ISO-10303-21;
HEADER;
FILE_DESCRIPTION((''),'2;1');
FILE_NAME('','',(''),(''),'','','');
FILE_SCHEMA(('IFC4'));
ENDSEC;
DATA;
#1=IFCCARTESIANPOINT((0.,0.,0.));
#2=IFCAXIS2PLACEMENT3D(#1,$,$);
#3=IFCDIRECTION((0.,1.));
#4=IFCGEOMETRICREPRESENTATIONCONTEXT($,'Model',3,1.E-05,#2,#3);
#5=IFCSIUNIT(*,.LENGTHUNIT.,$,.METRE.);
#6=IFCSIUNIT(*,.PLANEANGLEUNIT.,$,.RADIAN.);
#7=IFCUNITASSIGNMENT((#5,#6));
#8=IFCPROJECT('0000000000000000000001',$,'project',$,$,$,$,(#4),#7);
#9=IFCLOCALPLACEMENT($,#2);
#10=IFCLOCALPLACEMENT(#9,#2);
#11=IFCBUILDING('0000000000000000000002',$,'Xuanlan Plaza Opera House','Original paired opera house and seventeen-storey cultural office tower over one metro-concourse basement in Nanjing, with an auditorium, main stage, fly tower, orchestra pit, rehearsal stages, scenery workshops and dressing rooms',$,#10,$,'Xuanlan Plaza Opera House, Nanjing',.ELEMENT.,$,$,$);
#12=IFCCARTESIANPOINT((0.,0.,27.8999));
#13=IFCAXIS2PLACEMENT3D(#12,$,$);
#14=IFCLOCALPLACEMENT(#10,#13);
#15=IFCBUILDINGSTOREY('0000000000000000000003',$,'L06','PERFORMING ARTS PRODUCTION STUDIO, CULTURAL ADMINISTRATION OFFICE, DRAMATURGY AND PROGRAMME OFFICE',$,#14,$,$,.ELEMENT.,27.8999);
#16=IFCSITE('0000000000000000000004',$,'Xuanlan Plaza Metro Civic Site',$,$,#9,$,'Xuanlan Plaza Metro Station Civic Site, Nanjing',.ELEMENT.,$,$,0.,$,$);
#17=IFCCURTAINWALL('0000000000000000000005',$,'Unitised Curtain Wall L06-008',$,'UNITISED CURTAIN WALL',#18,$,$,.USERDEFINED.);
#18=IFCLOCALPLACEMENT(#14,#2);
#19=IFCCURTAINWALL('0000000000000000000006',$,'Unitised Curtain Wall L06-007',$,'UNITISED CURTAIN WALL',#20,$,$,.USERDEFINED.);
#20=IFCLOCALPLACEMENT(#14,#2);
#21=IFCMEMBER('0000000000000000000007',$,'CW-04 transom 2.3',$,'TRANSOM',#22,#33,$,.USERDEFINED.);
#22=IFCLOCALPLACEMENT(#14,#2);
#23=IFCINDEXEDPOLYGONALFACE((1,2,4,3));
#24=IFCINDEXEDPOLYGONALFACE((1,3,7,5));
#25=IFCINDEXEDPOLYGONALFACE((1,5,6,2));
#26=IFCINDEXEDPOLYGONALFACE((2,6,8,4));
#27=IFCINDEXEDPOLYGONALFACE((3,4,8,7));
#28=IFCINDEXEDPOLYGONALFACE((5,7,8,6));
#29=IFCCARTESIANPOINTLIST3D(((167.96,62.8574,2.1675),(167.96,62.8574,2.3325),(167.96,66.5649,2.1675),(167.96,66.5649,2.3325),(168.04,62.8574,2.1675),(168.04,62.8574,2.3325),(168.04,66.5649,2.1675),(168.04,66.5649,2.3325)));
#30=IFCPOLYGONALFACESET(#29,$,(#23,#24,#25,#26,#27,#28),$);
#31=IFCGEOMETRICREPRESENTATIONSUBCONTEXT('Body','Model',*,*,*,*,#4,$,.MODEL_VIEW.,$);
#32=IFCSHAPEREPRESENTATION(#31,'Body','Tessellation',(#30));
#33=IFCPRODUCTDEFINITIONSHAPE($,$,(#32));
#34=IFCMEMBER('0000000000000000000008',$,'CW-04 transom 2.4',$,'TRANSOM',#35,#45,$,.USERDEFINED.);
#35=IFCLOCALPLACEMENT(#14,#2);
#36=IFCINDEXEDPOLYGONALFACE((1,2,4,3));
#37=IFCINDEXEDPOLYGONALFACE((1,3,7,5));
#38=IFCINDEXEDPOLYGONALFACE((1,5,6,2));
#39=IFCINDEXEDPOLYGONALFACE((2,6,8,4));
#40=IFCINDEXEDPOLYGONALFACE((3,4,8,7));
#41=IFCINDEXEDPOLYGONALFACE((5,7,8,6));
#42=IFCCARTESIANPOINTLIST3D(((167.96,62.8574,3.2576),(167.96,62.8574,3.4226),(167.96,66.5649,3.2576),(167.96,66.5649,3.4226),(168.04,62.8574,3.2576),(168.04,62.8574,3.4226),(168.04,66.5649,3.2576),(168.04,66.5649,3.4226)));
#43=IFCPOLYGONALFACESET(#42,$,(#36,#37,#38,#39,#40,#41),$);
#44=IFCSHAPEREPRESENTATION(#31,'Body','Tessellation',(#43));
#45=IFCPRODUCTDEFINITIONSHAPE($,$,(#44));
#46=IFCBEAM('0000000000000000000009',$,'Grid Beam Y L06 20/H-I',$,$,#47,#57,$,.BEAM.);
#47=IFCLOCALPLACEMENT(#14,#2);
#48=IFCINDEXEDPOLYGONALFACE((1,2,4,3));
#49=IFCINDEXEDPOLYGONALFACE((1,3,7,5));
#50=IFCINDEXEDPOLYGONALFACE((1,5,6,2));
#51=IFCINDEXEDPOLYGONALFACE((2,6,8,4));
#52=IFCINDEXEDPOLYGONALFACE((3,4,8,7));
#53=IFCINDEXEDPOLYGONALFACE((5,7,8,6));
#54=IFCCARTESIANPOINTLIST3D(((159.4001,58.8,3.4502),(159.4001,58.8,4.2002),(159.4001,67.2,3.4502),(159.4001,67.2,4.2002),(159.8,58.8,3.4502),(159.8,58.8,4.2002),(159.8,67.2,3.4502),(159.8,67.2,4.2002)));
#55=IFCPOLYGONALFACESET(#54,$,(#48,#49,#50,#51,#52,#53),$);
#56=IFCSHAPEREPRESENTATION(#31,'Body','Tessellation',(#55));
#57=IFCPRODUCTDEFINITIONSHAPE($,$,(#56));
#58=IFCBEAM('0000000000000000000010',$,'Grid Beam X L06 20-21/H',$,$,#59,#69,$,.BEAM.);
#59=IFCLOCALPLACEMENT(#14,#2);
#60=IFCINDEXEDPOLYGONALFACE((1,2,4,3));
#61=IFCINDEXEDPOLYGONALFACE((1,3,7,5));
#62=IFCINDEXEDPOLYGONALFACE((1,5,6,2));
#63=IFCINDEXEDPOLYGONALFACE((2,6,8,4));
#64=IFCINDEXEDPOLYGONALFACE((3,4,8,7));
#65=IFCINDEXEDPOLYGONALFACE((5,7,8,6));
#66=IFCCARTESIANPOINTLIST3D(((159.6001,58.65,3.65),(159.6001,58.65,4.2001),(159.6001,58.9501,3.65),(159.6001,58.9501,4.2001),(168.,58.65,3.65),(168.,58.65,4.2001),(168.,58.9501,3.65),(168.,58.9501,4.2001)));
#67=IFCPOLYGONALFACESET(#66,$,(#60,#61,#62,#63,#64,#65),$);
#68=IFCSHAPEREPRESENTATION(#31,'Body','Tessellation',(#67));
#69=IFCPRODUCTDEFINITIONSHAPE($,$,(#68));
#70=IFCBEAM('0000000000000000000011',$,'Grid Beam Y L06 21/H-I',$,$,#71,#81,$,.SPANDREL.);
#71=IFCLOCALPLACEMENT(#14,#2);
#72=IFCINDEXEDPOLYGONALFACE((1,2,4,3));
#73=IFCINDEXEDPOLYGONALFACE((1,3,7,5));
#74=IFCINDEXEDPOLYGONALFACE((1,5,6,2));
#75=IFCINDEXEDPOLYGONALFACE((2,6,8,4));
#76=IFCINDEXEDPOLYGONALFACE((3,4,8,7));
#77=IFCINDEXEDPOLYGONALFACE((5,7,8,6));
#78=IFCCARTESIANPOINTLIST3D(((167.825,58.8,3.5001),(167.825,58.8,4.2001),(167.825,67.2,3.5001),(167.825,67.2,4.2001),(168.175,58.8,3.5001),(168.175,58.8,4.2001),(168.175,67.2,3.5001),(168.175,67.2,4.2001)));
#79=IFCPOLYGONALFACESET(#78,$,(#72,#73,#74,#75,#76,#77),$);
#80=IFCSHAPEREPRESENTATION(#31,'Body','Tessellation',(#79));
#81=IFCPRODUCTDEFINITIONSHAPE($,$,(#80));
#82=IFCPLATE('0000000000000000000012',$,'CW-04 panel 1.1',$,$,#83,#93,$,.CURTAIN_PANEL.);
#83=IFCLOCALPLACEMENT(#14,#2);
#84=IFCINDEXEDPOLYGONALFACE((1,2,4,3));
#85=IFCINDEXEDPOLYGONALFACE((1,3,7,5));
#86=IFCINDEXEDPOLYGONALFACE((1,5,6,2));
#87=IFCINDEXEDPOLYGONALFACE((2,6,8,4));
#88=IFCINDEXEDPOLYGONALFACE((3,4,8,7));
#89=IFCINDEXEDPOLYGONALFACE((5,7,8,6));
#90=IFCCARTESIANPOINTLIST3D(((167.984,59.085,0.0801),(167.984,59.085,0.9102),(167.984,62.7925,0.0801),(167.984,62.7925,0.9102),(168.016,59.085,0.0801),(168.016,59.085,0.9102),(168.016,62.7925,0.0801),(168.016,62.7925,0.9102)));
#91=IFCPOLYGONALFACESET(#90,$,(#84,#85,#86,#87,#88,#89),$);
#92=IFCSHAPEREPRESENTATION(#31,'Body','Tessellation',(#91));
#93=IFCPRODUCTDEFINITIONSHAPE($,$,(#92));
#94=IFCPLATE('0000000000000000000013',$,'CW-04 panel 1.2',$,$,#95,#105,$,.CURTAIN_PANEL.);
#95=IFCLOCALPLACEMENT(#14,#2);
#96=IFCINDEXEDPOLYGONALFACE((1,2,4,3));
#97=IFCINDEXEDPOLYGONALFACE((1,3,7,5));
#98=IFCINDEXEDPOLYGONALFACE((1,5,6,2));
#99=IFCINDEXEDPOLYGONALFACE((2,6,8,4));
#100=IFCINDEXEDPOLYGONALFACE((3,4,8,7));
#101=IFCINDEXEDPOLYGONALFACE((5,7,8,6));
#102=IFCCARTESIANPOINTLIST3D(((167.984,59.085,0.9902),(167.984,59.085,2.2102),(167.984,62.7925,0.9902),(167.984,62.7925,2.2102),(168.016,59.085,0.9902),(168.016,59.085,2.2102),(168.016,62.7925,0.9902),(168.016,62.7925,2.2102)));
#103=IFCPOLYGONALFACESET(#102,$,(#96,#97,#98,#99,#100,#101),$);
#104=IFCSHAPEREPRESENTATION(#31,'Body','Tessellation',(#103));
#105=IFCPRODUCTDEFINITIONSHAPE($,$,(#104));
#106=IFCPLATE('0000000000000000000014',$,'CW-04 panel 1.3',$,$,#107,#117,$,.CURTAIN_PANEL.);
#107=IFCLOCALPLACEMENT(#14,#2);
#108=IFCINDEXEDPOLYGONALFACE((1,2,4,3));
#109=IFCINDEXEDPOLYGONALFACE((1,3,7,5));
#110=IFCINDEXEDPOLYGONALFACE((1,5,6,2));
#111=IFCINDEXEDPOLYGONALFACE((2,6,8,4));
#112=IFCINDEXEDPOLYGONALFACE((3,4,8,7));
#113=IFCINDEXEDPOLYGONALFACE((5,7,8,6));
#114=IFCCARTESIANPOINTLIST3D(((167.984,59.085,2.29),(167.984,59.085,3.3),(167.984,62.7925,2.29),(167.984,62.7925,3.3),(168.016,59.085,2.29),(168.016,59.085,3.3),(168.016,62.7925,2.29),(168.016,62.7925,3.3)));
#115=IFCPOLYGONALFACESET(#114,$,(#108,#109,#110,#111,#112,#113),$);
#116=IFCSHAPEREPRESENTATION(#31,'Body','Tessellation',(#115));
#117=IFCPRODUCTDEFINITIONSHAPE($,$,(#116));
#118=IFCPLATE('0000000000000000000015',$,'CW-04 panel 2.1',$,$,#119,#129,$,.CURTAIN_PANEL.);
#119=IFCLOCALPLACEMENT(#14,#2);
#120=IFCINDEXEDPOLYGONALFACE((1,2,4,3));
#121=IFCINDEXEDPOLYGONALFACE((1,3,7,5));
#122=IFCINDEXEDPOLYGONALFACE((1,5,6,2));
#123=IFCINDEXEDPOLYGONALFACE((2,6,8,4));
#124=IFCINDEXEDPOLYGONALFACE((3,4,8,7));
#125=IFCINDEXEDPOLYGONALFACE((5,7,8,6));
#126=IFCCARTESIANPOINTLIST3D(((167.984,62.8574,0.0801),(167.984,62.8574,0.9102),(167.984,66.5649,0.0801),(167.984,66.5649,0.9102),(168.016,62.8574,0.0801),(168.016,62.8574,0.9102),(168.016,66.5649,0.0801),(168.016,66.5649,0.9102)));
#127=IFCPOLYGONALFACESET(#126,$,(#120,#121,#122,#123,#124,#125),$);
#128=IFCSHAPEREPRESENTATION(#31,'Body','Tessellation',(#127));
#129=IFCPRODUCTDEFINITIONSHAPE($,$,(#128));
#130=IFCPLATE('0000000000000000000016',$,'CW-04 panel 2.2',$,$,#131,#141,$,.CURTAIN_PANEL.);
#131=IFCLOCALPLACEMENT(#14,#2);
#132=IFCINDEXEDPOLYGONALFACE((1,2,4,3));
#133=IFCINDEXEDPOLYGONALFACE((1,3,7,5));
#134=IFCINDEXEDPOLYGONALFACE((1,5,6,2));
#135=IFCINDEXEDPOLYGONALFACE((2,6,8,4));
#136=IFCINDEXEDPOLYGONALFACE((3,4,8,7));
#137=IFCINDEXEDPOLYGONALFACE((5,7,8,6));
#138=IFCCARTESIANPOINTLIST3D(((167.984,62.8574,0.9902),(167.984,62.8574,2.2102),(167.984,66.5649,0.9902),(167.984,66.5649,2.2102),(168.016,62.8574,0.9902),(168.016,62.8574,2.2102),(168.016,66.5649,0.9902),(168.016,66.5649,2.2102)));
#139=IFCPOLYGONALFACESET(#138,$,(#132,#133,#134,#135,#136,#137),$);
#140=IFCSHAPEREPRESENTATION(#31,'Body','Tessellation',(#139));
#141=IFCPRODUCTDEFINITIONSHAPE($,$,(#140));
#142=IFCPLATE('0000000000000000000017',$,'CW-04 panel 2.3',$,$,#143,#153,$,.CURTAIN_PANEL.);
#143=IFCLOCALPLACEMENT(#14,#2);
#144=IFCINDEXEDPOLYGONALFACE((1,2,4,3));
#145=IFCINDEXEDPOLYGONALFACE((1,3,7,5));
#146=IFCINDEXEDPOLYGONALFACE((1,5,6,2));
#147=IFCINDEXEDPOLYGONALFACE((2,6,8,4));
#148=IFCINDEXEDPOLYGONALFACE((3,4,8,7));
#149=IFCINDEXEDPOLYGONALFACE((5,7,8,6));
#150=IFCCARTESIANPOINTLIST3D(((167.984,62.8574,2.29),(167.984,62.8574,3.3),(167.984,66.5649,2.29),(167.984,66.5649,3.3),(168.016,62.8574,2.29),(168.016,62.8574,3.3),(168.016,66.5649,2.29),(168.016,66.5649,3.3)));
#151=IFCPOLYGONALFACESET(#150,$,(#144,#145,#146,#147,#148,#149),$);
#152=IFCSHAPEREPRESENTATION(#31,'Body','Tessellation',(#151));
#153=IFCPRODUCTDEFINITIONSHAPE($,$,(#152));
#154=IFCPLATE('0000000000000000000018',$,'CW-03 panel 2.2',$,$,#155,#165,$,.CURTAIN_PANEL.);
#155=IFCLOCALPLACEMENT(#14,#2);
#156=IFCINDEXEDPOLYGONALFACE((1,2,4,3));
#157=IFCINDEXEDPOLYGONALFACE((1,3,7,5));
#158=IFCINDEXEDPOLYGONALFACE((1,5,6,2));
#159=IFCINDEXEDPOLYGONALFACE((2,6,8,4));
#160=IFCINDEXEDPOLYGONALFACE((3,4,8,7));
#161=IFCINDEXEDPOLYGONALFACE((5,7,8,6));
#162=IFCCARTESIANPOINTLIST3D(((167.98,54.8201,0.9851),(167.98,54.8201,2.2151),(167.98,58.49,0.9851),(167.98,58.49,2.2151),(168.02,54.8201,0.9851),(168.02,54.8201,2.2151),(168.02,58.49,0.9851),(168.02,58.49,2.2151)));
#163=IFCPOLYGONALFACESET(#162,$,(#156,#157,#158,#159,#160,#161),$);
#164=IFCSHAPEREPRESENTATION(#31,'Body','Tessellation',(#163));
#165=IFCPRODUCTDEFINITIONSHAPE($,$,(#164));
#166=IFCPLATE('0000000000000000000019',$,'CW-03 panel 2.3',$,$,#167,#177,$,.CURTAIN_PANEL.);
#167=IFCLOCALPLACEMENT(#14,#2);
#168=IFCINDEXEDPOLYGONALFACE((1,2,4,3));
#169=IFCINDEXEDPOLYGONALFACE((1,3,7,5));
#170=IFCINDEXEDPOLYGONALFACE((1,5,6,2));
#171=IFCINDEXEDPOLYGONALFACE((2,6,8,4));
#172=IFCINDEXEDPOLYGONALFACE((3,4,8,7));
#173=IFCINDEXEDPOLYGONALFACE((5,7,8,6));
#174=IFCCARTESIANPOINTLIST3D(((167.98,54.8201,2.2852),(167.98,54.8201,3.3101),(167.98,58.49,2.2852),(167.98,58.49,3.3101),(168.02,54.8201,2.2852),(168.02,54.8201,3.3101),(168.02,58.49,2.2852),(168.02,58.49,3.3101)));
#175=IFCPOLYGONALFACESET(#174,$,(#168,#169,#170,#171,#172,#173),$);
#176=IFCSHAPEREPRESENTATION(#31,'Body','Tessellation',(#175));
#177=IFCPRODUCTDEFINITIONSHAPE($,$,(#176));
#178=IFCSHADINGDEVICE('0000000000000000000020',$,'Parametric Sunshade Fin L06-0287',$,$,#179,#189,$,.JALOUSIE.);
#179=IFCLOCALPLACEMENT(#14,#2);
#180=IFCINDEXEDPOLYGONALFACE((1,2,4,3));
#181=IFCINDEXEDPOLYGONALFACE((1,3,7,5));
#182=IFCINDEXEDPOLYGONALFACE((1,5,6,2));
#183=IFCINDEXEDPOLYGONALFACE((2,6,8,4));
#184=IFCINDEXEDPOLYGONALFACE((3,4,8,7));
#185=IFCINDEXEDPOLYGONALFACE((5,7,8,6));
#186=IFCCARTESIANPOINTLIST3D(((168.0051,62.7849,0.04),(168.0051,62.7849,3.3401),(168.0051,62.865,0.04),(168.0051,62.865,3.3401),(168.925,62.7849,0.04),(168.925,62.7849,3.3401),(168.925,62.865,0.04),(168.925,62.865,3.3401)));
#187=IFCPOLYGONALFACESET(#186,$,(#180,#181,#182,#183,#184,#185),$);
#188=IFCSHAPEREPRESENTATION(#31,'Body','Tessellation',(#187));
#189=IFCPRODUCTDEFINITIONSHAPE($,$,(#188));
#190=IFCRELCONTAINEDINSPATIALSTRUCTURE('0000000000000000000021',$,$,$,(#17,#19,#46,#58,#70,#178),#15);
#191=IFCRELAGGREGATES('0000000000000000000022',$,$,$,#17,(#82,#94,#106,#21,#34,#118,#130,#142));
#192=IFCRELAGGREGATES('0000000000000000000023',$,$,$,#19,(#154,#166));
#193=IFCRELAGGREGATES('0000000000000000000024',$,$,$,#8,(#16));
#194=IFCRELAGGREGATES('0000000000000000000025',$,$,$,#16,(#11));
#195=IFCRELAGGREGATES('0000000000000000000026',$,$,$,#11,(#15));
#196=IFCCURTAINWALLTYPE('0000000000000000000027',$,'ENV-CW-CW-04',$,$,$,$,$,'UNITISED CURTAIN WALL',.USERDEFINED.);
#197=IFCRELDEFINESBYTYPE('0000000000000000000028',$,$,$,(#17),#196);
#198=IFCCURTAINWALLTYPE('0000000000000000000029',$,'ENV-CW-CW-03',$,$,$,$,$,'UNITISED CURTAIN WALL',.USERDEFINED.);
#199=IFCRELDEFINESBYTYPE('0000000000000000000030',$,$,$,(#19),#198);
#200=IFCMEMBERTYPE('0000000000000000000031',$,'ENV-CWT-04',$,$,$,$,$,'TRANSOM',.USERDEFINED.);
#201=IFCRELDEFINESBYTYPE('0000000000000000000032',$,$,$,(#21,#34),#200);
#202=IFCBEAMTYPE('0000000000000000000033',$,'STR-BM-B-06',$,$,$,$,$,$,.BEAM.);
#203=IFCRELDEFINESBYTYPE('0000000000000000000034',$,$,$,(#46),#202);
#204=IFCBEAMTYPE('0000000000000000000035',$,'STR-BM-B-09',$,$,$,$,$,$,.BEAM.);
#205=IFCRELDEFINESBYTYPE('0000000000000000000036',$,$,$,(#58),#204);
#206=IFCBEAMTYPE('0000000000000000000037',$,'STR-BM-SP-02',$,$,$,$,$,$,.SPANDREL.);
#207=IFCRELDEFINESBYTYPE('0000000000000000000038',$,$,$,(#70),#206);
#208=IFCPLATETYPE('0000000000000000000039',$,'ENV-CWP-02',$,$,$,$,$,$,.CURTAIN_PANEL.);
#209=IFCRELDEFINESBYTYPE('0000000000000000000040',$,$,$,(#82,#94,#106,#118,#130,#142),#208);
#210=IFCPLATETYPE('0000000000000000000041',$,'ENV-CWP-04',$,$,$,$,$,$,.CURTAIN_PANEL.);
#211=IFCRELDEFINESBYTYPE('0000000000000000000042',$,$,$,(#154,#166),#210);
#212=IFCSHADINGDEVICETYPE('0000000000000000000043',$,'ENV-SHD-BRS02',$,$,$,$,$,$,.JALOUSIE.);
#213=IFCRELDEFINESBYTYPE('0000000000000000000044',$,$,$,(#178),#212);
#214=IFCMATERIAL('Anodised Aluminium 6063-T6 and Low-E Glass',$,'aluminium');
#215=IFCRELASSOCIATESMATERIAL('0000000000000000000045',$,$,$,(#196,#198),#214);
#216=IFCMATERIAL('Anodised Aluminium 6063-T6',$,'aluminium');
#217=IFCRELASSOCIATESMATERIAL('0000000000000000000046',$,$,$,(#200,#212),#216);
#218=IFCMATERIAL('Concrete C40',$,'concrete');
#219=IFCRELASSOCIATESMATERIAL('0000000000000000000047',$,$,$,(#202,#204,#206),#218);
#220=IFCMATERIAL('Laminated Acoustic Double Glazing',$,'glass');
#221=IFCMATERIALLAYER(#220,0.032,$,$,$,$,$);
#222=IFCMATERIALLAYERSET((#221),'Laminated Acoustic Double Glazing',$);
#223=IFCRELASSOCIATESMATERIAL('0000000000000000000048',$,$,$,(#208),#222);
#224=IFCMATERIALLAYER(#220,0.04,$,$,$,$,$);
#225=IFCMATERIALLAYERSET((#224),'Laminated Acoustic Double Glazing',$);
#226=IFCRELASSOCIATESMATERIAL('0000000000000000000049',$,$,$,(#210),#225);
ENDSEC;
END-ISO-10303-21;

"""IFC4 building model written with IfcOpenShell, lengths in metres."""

from ifc_helpers import new_model, si_unit, direction, frame, origin, origin_2d, place, context, subcontext, project, spatial, rectangle, extrude, material, layer, layer_set, material_profile, profile_set, type_object, element, aggregate, save


model = new_model("IFC4")

# Units and contexts
model_context = context("Model", 3, precision=1e-05, world=origin(), true_north=direction((0.0, 1.0)))
body_context = subcontext(model_context, "Body", "Model", "MODEL_VIEW")
ifc_project = project(units=[si_unit("LENGTHUNIT", "METRE"), si_unit("PLANEANGLEUNIT", "RADIAN")], contexts=[model_context])

# Site, building, storey
site_placement = place(None, origin())
site = spatial("IfcSite", under=ifc_project, at=site_placement, Name="Xuanlan Plaza Metro Civic Site", LongName="Xuanlan Plaza Metro Station Civic Site, Nanjing", CompositionType="ELEMENT", RefElevation=0.0)
building_placement = place(site_placement, origin())
building = spatial("IfcBuilding", under=site, at=building_placement, Name="Xuanlan Plaza Opera House", Description="Original paired opera house and seventeen-storey cultural office tower over one metro-concourse basement in Nanjing, with an auditorium, main stage, fly tower, orchestra pit, rehearsal stages, scenery workshops and dressing rooms", LongName="Xuanlan Plaza Opera House, Nanjing", CompositionType="ELEMENT")
storey_placement = place(building_placement, frame((0.0, 0.0, 27.8999)))
storey = spatial("IfcBuildingStorey", under=building, at=storey_placement, Name="L06", Description="PERFORMING ARTS PRODUCTION STUDIO, CULTURAL ADMINISTRATION OFFICE, DRAMATURGY AND PROGRAMME OFFICE", CompositionType="ELEMENT", Elevation=27.8999)

# Curtain wall
ifc_material_1 = material(Name="Anodised Aluminium 6063-T6 and Low-E Glass", Category="aluminium")
curtain_wall_type_1 = type_object("IfcCurtainWallType", Name="ENV-CW-CW-04", ElementType="UNITISED CURTAIN WALL", PredefinedType="USERDEFINED", material=ifc_material_1)
curtain_wall_1_placement = place(storey_placement, origin())
curtain_wall_1 = element("IfcCurtainWall", 1, at=curtain_wall_1_placement, inside=storey, type_object=curtain_wall_type_1, Name="Unitised Curtain Wall L06-008", ObjectType="UNITISED CURTAIN WALL", PredefinedType="USERDEFINED")
ifc_material_2 = material(Name="Anodised Aluminium 6063-T6", Category="aluminium")

# Curtain wall
curtain_wall_type_2 = type_object("IfcCurtainWallType", Name="ENV-CW-CW-03", ElementType="UNITISED CURTAIN WALL", PredefinedType="USERDEFINED", material=ifc_material_1)
curtain_wall_2_placement = place(storey_placement, origin())
curtain_wall_2 = element("IfcCurtainWall", 2, at=curtain_wall_2_placement, inside=storey, type_object=curtain_wall_type_2, Name="Unitised Curtain Wall L06-007", ObjectType="UNITISED CURTAIN WALL", PredefinedType="USERDEFINED")

# Members
ifc_material_profile_1 = material_profile(ifc_material_2, rectangle(XDim=0.0801, YDim=0.165, at=origin_2d()), Name="ALU-T 80x165")
ifc_profile_set_1 = profile_set([ifc_material_profile_1], Name="Anodised Aluminium 6063-T6")
member_type_1 = type_object("IfcMemberType", Name="ENV-CWT-04", ElementType="TRANSOM", PredefinedType="USERDEFINED", material=ifc_profile_set_1)
member_1_placement = place(storey_placement, frame((168.0, 62.8574, 2.25), z_axis=(0.0, 1.0, 0.0), x_axis=(-1.0, 0.0, 0.0)))
member_1 = element("IfcMember", 3, at=member_1_placement, type_object=member_type_1, Name="CW-04 transom 2.3", ObjectType="TRANSOM", PredefinedType="USERDEFINED", context=body_context, shape_type="SweptSolid", body=[
    extrude(rectangle(XDim=0.0801, YDim=0.165, at=origin_2d()), origin(), (0.0, 0.0, 1.0), 3.7075),
])
member_2_placement = place(storey_placement, frame((168.0, 62.8574, 3.3401), z_axis=(0.0, 1.0, 0.0), x_axis=(-1.0, 0.0, 0.0)))
member_2 = element("IfcMember", 4, at=member_2_placement, type_object=member_type_1, Name="CW-04 transom 2.4", ObjectType="TRANSOM", PredefinedType="USERDEFINED", context=body_context, shape_type="SweptSolid", body=[
    extrude(rectangle(XDim=0.0801, YDim=0.165, at=origin_2d()), origin(), (0.0, 0.0, 1.0), 3.7075),
])

# Beams
ifc_material_3 = material(Name="Concrete C40", Category="concrete")
ifc_material_profile_2 = material_profile(ifc_material_3, rectangle(XDim=0.3999, YDim=0.75, at=origin_2d()), Name="RC-BM 400x750")
ifc_profile_set_2 = profile_set([ifc_material_profile_2], Name="Concrete C40")
beam_type_1 = type_object("IfcBeamType", Name="STR-BM-B-06", PredefinedType="BEAM", material=ifc_profile_set_2)
beam_1_placement = place(storey_placement, frame((159.6001, 58.8, 3.8252), z_axis=(0.0, 1.0, 0.0), x_axis=(-1.0, 0.0, 0.0)))
element("IfcBeam", 5, at=beam_1_placement, inside=storey, type_object=beam_type_1, Name="Grid Beam Y L06 20/H-I", PredefinedType="BEAM", context=body_context, shape_type="SweptSolid", body=[
    extrude(rectangle(XDim=0.3999, YDim=0.75, at=origin_2d()), origin(), (0.0, 0.0, 1.0), 8.3999),
])
ifc_material_profile_3 = material_profile(ifc_material_3, rectangle(XDim=0.3, YDim=0.55, at=origin_2d()), Name="RC-BM 300x550")
ifc_profile_set_3 = profile_set([ifc_material_profile_3], Name="Concrete C40")
beam_type_2 = type_object("IfcBeamType", Name="STR-BM-B-09", PredefinedType="BEAM", material=ifc_profile_set_3)
beam_2_placement = place(storey_placement, frame((159.6001, 58.8, 3.925), z_axis=(1.0, 0.0, 0.0), x_axis=(0.0, 1.0, 0.0)))
element("IfcBeam", 6, at=beam_2_placement, inside=storey, type_object=beam_type_2, Name="Grid Beam X L06 20-21/H", PredefinedType="BEAM", context=body_context, shape_type="SweptSolid", body=[
    extrude(rectangle(XDim=0.3, YDim=0.55, at=origin_2d()), origin(), (0.0, 0.0, 1.0), 8.3999),
])
ifc_material_profile_4 = material_profile(ifc_material_3, rectangle(XDim=0.3501, YDim=0.7, at=origin_2d()), Name="RC-SPD 350x700")
ifc_profile_set_4 = profile_set([ifc_material_profile_4], Name="Concrete C40")
beam_type_3 = type_object("IfcBeamType", Name="STR-BM-SP-02", PredefinedType="SPANDREL", material=ifc_profile_set_4)
beam_3_placement = place(storey_placement, frame((168.0, 58.8, 3.8501), z_axis=(0.0, 1.0, 0.0), x_axis=(-1.0, 0.0, 0.0)))
element("IfcBeam", 7, at=beam_3_placement, inside=storey, type_object=beam_type_3, Name="Grid Beam Y L06 21/H-I", PredefinedType="SPANDREL", context=body_context, shape_type="SweptSolid", body=[
    extrude(rectangle(XDim=0.3501, YDim=0.7, at=origin_2d()), origin(), (0.0, 0.0, 1.0), 8.3999),
])

# Plates
ifc_material_4 = material(Name="Laminated Acoustic Double Glazing", Category="glass")
ifc_layer_1 = layer(ifc_material_4, 0.032)
ifc_layer_set_1 = layer_set([ifc_layer_1], Name="Laminated Acoustic Double Glazing")
plate_type_1 = type_object("IfcPlateType", Name="ENV-CWP-02", PredefinedType="CURTAIN_PANEL", material=ifc_layer_set_1)
plate_1_placement = place(storey_placement, frame((168.0, 60.9387, 0.0801), z_axis=(0.0, 0.0, 1.0), x_axis=(0.0, 1.0, 0.0)))
plate_1 = element("IfcPlate", 8, at=plate_1_placement, type_object=plate_type_1, Name="CW-04 panel 1.1", PredefinedType="CURTAIN_PANEL", context=body_context, shape_type="SweptSolid", body=[
    extrude(rectangle(XDim=3.7075, YDim=0.032, at=origin_2d()), origin(), (0.0, 0.0, 1.0), 0.8301),
])
plate_2_placement = place(storey_placement, frame((168.0, 60.9387, 0.9902), z_axis=(0.0, 0.0, 1.0), x_axis=(0.0, 1.0, 0.0)))
plate_2 = element("IfcPlate", 9, at=plate_2_placement, type_object=plate_type_1, Name="CW-04 panel 1.2", PredefinedType="CURTAIN_PANEL", context=body_context, shape_type="SweptSolid", body=[
    extrude(rectangle(XDim=3.7075, YDim=0.032, at=origin_2d()), origin(), (0.0, 0.0, 1.0), 1.22),
])
plate_3_placement = place(storey_placement, frame((168.0, 60.9387, 2.29), z_axis=(0.0, 0.0, 1.0), x_axis=(0.0, 1.0, 0.0)))
plate_3 = element("IfcPlate", 10, at=plate_3_placement, type_object=plate_type_1, Name="CW-04 panel 1.3", PredefinedType="CURTAIN_PANEL", context=body_context, shape_type="SweptSolid", body=[
    extrude(rectangle(XDim=3.7075, YDim=0.032, at=origin_2d()), origin(), (0.0, 0.0, 1.0), 1.01),
])
plate_4_placement = place(storey_placement, frame((168.0, 64.7112, 0.0801), z_axis=(0.0, 0.0, 1.0), x_axis=(0.0, 1.0, 0.0)))
plate_4 = element("IfcPlate", 11, at=plate_4_placement, type_object=plate_type_1, Name="CW-04 panel 2.1", PredefinedType="CURTAIN_PANEL", context=body_context, shape_type="SweptSolid", body=[
    extrude(rectangle(XDim=3.7075, YDim=0.032, at=origin_2d()), origin(), (0.0, 0.0, 1.0), 0.8301),
])
plate_5_placement = place(storey_placement, frame((168.0, 64.7112, 0.9902), z_axis=(0.0, 0.0, 1.0), x_axis=(0.0, 1.0, 0.0)))
plate_5 = element("IfcPlate", 12, at=plate_5_placement, type_object=plate_type_1, Name="CW-04 panel 2.2", PredefinedType="CURTAIN_PANEL", context=body_context, shape_type="SweptSolid", body=[
    extrude(rectangle(XDim=3.7075, YDim=0.032, at=origin_2d()), origin(), (0.0, 0.0, 1.0), 1.22),
])
plate_6_placement = place(storey_placement, frame((168.0, 64.7112, 2.29), z_axis=(0.0, 0.0, 1.0), x_axis=(0.0, 1.0, 0.0)))
plate_6 = element("IfcPlate", 13, at=plate_6_placement, type_object=plate_type_1, Name="CW-04 panel 2.3", PredefinedType="CURTAIN_PANEL", context=body_context, shape_type="SweptSolid", body=[
    extrude(rectangle(XDim=3.7075, YDim=0.032, at=origin_2d()), origin(), (0.0, 0.0, 1.0), 1.01),
])
aggregate(curtain_wall_1, [plate_1, plate_2, plate_3, member_1, member_2, plate_4, plate_5, plate_6])
ifc_layer_2 = layer(ifc_material_4, 0.04)
ifc_layer_set_2 = layer_set([ifc_layer_2], Name="Laminated Acoustic Double Glazing")
plate_type_2 = type_object("IfcPlateType", Name="ENV-CWP-04", PredefinedType="CURTAIN_PANEL", material=ifc_layer_set_2)
plate_7_placement = place(storey_placement, frame((168.0, 56.655, 0.9851), z_axis=(0.0, 0.0, 1.0), x_axis=(0.0, 1.0, 0.0)))
plate_7 = element("IfcPlate", 14, at=plate_7_placement, type_object=plate_type_2, Name="CW-03 panel 2.2", PredefinedType="CURTAIN_PANEL", context=body_context, shape_type="SweptSolid", body=[
    extrude(rectangle(XDim=3.6699, YDim=0.04, at=origin_2d()), origin(), (0.0, 0.0, 1.0), 1.23),
])
plate_8_placement = place(storey_placement, frame((168.0, 56.655, 2.2852), z_axis=(0.0, 0.0, 1.0), x_axis=(0.0, 1.0, 0.0)))
plate_8 = element("IfcPlate", 15, at=plate_8_placement, type_object=plate_type_2, Name="CW-03 panel 2.3", PredefinedType="CURTAIN_PANEL", context=body_context, shape_type="SweptSolid", body=[
    extrude(rectangle(XDim=3.6699, YDim=0.04, at=origin_2d()), origin(), (0.0, 0.0, 1.0), 1.0249),
])
aggregate(curtain_wall_2, [plate_7, plate_8])

# Shading device
shading_device_type = type_object("IfcShadingDeviceType", Name="ENV-SHD-BRS02", PredefinedType="JALOUSIE", material=ifc_material_2)
shading_device_placement = place(storey_placement, frame((168.4651, 62.825, 0.04), z_axis=(0.0, 0.0, 1.0), x_axis=(1.0, 0.0, 0.0)))
element("IfcShadingDevice", 16, at=shading_device_placement, inside=storey, type_object=shading_device_type, Name="Parametric Sunshade Fin L06-0287", PredefinedType="JALOUSIE", context=body_context, shape_type="SweptSolid", body=[
    extrude(rectangle(XDim=0.9199, YDim=0.0801, at=origin_2d()), origin(), (0.0, 0.0, 1.0), 3.3),
])

save(model, "model.ifc")
